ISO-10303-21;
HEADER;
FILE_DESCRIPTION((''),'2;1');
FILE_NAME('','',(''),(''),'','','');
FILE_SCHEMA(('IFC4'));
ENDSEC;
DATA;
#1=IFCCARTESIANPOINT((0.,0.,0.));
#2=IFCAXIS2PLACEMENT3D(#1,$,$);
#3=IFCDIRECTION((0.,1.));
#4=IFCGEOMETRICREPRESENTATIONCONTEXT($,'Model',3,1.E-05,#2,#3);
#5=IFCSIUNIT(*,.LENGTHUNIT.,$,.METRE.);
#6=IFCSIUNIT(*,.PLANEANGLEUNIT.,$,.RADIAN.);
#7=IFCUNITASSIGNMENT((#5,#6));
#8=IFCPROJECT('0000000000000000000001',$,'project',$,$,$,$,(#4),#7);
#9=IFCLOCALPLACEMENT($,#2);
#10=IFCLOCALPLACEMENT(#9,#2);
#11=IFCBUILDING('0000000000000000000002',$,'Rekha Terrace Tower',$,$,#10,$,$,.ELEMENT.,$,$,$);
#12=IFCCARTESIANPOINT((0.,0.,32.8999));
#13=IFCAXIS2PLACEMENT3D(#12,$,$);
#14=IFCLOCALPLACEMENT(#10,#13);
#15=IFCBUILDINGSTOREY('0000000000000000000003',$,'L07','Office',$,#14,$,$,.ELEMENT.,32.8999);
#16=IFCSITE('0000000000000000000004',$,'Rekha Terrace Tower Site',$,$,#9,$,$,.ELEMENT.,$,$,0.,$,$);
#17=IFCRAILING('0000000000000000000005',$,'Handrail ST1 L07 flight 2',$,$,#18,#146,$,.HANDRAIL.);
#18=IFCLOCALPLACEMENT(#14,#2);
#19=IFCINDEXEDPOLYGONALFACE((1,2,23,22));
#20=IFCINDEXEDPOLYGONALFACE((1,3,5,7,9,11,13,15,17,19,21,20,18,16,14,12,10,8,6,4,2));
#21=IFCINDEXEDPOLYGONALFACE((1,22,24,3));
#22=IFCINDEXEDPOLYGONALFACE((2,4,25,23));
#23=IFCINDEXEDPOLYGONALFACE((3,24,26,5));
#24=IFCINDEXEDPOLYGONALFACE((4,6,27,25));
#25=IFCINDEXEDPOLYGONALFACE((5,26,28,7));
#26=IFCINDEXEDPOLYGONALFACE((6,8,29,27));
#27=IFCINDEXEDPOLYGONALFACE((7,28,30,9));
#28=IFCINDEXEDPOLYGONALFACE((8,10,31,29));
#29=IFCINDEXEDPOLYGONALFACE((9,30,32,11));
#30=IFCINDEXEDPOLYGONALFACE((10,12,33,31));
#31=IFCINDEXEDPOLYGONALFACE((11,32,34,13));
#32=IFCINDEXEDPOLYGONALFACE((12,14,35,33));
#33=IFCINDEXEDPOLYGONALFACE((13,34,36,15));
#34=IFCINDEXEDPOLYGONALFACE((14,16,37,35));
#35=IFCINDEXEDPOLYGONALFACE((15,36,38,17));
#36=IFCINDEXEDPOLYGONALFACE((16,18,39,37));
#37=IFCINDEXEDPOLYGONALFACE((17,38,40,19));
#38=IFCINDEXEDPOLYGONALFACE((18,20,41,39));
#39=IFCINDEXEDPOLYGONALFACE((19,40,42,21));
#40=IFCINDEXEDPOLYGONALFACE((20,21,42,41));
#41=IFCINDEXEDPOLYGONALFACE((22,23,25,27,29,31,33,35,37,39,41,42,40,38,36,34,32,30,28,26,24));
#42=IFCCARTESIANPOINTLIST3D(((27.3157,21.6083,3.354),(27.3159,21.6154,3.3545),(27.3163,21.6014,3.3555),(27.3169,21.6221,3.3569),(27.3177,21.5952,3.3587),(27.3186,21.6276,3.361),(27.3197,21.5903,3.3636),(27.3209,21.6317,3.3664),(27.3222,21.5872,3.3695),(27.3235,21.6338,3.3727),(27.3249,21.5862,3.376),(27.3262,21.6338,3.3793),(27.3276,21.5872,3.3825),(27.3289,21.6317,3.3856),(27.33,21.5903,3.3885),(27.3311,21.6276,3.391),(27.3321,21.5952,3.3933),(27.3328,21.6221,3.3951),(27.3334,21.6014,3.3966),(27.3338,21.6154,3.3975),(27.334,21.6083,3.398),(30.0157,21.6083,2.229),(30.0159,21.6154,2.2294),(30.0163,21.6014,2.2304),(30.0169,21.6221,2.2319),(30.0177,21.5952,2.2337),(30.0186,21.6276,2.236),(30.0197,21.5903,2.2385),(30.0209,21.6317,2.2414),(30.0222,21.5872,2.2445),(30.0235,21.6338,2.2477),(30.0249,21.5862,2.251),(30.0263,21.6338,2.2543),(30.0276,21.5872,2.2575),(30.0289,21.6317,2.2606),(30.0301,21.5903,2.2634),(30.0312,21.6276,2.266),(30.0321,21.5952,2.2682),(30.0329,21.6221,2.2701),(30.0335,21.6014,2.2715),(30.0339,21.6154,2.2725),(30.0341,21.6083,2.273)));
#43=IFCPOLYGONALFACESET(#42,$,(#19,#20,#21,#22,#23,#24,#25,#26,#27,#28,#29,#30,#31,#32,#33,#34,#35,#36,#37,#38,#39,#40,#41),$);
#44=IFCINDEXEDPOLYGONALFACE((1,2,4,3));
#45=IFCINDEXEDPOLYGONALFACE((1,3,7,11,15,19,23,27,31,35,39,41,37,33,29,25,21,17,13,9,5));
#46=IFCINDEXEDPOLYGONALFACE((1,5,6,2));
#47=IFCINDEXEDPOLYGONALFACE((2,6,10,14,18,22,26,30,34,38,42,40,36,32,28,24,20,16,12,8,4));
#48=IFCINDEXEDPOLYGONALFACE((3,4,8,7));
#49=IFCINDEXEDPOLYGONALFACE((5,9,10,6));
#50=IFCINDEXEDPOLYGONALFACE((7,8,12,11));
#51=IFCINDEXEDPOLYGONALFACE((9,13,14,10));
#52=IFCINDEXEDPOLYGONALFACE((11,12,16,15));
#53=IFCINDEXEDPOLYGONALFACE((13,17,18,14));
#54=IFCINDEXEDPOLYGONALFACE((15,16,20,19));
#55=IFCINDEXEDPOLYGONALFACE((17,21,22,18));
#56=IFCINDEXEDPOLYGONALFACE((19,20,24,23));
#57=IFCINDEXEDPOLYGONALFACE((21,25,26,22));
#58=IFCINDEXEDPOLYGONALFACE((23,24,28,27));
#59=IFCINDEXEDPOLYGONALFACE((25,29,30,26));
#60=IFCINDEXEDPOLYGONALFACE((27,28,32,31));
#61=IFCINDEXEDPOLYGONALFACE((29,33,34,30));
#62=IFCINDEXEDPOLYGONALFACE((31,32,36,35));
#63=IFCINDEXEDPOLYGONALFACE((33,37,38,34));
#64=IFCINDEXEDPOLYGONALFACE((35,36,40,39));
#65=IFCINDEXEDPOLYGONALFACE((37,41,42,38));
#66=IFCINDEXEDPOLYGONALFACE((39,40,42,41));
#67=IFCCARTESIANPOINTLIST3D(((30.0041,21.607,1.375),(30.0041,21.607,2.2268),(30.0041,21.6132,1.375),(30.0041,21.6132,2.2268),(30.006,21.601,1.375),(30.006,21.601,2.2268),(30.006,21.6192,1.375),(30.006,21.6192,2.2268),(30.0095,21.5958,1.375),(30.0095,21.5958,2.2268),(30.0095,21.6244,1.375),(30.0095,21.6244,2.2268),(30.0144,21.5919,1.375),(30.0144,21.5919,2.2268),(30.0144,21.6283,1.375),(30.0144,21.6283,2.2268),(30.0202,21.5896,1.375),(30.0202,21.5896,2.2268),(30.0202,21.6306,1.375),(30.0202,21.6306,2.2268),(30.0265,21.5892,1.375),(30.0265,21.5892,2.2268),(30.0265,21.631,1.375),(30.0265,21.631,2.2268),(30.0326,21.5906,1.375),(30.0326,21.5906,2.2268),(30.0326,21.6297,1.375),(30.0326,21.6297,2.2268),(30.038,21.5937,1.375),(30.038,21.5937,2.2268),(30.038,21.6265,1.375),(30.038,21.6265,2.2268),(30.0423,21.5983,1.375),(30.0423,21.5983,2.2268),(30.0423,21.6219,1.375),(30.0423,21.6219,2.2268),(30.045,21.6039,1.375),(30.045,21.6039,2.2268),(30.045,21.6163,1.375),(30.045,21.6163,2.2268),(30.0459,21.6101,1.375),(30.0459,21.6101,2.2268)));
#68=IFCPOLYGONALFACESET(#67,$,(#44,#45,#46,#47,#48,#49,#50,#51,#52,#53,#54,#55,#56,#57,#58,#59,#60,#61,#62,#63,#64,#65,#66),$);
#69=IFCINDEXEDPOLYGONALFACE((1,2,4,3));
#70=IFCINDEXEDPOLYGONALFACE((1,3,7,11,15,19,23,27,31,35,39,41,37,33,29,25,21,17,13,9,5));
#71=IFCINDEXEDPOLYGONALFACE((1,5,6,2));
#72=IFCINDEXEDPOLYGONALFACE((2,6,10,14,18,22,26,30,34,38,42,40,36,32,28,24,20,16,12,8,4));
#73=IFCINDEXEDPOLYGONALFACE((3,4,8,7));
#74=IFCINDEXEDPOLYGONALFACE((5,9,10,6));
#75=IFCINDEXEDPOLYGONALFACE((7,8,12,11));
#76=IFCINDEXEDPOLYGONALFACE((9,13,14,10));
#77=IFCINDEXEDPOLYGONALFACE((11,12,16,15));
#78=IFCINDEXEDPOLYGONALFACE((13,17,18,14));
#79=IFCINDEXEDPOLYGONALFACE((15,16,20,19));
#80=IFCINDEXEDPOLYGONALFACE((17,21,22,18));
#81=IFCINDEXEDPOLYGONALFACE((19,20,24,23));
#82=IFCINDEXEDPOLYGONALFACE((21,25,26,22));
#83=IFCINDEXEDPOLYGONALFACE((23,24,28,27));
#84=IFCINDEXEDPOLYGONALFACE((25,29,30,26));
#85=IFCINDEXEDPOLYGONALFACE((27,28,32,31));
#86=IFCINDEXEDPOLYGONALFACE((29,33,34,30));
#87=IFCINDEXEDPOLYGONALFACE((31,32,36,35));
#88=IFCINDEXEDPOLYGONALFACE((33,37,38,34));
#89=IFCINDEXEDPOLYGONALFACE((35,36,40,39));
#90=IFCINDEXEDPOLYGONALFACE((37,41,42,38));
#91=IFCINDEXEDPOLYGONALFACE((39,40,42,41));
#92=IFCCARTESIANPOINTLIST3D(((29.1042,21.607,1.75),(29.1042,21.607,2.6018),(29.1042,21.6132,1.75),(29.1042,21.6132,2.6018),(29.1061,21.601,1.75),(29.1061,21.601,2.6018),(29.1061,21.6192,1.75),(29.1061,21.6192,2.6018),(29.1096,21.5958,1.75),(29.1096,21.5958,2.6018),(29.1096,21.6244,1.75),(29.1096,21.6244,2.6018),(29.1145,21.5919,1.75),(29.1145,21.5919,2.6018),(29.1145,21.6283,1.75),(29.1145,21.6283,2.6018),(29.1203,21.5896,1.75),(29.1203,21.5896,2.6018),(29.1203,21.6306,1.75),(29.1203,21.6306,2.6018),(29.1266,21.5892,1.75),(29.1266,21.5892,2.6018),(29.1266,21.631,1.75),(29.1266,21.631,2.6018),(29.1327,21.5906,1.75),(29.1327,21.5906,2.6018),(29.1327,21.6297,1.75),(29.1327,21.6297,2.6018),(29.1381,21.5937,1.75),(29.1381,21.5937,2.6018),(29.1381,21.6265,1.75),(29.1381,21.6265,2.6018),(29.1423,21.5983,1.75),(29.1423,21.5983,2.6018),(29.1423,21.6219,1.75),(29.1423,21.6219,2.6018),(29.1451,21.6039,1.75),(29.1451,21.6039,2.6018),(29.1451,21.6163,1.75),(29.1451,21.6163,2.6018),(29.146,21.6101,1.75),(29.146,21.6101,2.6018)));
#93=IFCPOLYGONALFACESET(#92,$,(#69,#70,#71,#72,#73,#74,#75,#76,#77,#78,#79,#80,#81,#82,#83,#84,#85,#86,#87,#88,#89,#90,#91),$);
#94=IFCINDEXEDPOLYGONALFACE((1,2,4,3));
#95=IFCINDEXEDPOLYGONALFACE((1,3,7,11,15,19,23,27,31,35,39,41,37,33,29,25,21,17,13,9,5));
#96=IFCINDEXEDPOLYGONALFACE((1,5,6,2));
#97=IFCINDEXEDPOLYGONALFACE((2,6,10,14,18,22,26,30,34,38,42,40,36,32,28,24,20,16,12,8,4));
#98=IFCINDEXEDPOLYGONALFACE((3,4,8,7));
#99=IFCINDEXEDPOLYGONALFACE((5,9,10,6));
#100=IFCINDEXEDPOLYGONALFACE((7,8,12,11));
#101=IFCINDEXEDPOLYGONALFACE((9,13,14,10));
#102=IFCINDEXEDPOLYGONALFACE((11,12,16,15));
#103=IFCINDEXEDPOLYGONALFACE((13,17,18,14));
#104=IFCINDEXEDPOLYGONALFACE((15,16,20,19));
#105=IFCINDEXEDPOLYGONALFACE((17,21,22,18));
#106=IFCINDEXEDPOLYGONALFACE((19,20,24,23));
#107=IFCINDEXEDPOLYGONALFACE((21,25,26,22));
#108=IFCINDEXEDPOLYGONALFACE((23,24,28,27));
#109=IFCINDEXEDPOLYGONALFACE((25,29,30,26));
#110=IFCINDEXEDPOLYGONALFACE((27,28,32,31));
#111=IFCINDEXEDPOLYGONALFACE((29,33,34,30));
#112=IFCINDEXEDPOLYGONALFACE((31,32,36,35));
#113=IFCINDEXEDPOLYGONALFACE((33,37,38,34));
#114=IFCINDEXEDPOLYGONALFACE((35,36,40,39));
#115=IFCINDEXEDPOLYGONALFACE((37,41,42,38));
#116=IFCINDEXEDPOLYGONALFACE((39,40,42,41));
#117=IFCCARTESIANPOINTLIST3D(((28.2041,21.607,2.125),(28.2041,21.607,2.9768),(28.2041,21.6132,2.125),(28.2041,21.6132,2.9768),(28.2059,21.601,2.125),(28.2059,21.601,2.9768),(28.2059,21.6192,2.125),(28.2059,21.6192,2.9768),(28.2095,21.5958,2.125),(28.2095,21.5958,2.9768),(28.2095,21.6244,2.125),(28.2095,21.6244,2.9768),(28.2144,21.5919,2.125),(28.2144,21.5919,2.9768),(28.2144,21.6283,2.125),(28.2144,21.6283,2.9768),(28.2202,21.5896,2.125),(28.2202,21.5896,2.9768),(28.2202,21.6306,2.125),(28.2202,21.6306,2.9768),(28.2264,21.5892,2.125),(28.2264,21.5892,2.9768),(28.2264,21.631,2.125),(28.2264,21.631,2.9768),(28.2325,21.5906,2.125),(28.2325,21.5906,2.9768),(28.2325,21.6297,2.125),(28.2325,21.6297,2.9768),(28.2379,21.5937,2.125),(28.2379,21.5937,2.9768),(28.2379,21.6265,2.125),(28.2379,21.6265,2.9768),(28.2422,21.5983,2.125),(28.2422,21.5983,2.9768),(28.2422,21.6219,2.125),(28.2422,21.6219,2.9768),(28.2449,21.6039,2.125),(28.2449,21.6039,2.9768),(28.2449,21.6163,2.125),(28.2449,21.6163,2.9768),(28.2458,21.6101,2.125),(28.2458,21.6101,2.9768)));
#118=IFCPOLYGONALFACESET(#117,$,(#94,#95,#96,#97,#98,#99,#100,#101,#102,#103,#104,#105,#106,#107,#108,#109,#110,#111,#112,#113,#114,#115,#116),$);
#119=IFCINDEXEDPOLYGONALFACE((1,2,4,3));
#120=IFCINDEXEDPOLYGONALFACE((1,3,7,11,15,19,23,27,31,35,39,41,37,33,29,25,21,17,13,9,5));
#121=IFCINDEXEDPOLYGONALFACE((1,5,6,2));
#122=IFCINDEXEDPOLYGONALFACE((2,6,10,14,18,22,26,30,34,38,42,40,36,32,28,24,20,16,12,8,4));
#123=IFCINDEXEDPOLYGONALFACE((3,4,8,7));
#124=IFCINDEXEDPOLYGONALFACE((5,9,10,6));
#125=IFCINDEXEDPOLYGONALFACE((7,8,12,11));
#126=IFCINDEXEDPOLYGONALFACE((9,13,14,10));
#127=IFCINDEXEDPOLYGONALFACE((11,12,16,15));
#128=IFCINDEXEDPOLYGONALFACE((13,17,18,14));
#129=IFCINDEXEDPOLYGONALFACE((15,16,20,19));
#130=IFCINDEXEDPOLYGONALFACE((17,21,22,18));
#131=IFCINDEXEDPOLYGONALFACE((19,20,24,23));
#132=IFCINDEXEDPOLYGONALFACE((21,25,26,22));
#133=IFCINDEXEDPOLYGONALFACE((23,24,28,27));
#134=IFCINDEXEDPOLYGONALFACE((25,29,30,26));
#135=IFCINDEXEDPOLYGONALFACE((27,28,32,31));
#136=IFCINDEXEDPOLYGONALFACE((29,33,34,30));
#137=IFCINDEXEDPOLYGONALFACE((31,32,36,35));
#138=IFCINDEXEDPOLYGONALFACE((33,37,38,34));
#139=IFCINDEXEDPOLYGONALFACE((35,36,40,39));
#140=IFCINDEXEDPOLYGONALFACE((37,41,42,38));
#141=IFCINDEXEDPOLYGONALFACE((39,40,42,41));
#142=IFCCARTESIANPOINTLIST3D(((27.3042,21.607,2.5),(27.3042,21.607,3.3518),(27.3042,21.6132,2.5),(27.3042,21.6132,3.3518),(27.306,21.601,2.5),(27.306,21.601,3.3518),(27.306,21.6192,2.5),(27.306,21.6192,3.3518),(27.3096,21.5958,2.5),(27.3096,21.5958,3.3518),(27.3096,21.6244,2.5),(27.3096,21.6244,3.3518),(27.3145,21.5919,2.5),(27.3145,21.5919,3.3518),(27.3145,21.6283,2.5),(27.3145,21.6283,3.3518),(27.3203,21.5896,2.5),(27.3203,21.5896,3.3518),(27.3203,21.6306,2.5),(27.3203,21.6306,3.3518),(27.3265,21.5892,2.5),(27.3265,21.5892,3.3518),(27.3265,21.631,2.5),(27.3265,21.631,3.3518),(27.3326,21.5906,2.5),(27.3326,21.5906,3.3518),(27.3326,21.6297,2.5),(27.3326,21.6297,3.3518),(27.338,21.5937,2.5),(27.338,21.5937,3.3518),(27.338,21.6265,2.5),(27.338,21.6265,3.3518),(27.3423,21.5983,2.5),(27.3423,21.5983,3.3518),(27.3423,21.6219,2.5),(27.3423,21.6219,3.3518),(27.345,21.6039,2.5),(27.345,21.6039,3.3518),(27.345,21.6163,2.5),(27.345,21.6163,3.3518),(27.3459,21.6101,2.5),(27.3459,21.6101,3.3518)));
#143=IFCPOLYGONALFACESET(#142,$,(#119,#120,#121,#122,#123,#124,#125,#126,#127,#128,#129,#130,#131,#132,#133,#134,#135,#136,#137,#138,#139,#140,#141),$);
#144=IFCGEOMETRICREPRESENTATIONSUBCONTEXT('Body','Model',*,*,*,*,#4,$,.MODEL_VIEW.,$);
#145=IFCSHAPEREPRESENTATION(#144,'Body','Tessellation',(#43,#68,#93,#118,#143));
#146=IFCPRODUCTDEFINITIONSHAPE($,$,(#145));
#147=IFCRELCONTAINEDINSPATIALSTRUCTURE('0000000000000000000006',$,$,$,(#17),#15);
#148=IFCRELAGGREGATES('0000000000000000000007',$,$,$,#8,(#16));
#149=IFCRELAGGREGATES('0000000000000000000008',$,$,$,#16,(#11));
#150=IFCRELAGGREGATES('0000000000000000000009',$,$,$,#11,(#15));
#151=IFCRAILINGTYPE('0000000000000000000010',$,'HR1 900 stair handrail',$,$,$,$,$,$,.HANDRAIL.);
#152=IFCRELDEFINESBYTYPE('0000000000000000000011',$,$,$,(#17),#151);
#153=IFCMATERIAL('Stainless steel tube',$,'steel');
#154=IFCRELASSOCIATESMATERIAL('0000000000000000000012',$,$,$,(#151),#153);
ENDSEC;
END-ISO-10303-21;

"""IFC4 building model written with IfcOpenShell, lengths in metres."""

from ifc_helpers import new_model, si_unit, direction, frame, origin, origin_2d, place, context, subcontext, project, spatial, circle, extrude, material, type_object, element, save


model = new_model("IFC4")

# Units and contexts
model_context = context("Model", 3, precision=1e-05, world=origin(), true_north=direction((0.0, 1.0)))
body_context = subcontext(model_context, "Body", "Model", "MODEL_VIEW")
ifc_project = project(units=[si_unit("LENGTHUNIT", "METRE"), si_unit("PLANEANGLEUNIT", "RADIAN")], contexts=[model_context])

# Site, building, storey
site_placement = place(None, origin())
site = spatial("IfcSite", under=ifc_project, at=site_placement, Name="Rekha Terrace Tower Site", CompositionType="ELEMENT", RefElevation=0.0)
building_placement = place(site_placement, origin())
building = spatial("IfcBuilding", under=site, at=building_placement, Name="Rekha Terrace Tower", CompositionType="ELEMENT")
storey_placement = place(building_placement, frame((0.0, 0.0, 32.8999)))
storey = spatial("IfcBuildingStorey", under=building, at=storey_placement, Name="L07", Description="Office", CompositionType="ELEMENT", Elevation=32.8999)

# Railing
ifc_material_1 = material(Name="Stainless steel tube", Category="steel")
railing_type_1 = type_object("IfcRailingType", Name="HR1 900 stair handrail", PredefinedType="HANDRAIL", material=ifc_material_1)
railing_1_placement = place(storey_placement, frame((30.0249, 21.6101, 1.375)))
element("IfcRailing", 1, at=railing_1_placement, inside=storey, type_object=railing_type_1, Name="Handrail ST1 L07 flight 2", PredefinedType="HANDRAIL", context=body_context, shape_type="SweptSolid", body=[
    extrude(circle(Radius=0.0239, at=origin_2d()), frame((0.0, 0.0, 0.876), z_axis=(-0.923074, 0.0, 0.384621), x_axis=(0.0, -1.0, 0.0)), (0.0, 0.0, 1.0), 2.925),
    extrude(circle(Radius=0.021, at=origin_2d()), origin(), (0.0, 0.0, 1.0), 0.8518),
    extrude(circle(Radius=0.021, at=origin_2d()), frame((-0.8999, 0.0, 0.375)), (0.0, 0.0, 1.0), 0.8518),
    extrude(circle(Radius=0.021, at=origin_2d()), frame((-1.8, 0.0, 0.75)), (0.0, 0.0, 1.0), 0.8518),
    extrude(circle(Radius=0.021, at=origin_2d()), frame((-2.7, 0.0, 1.125)), (0.0, 0.0, 1.0), 0.8518),
])

save(model, "model.ifc")
